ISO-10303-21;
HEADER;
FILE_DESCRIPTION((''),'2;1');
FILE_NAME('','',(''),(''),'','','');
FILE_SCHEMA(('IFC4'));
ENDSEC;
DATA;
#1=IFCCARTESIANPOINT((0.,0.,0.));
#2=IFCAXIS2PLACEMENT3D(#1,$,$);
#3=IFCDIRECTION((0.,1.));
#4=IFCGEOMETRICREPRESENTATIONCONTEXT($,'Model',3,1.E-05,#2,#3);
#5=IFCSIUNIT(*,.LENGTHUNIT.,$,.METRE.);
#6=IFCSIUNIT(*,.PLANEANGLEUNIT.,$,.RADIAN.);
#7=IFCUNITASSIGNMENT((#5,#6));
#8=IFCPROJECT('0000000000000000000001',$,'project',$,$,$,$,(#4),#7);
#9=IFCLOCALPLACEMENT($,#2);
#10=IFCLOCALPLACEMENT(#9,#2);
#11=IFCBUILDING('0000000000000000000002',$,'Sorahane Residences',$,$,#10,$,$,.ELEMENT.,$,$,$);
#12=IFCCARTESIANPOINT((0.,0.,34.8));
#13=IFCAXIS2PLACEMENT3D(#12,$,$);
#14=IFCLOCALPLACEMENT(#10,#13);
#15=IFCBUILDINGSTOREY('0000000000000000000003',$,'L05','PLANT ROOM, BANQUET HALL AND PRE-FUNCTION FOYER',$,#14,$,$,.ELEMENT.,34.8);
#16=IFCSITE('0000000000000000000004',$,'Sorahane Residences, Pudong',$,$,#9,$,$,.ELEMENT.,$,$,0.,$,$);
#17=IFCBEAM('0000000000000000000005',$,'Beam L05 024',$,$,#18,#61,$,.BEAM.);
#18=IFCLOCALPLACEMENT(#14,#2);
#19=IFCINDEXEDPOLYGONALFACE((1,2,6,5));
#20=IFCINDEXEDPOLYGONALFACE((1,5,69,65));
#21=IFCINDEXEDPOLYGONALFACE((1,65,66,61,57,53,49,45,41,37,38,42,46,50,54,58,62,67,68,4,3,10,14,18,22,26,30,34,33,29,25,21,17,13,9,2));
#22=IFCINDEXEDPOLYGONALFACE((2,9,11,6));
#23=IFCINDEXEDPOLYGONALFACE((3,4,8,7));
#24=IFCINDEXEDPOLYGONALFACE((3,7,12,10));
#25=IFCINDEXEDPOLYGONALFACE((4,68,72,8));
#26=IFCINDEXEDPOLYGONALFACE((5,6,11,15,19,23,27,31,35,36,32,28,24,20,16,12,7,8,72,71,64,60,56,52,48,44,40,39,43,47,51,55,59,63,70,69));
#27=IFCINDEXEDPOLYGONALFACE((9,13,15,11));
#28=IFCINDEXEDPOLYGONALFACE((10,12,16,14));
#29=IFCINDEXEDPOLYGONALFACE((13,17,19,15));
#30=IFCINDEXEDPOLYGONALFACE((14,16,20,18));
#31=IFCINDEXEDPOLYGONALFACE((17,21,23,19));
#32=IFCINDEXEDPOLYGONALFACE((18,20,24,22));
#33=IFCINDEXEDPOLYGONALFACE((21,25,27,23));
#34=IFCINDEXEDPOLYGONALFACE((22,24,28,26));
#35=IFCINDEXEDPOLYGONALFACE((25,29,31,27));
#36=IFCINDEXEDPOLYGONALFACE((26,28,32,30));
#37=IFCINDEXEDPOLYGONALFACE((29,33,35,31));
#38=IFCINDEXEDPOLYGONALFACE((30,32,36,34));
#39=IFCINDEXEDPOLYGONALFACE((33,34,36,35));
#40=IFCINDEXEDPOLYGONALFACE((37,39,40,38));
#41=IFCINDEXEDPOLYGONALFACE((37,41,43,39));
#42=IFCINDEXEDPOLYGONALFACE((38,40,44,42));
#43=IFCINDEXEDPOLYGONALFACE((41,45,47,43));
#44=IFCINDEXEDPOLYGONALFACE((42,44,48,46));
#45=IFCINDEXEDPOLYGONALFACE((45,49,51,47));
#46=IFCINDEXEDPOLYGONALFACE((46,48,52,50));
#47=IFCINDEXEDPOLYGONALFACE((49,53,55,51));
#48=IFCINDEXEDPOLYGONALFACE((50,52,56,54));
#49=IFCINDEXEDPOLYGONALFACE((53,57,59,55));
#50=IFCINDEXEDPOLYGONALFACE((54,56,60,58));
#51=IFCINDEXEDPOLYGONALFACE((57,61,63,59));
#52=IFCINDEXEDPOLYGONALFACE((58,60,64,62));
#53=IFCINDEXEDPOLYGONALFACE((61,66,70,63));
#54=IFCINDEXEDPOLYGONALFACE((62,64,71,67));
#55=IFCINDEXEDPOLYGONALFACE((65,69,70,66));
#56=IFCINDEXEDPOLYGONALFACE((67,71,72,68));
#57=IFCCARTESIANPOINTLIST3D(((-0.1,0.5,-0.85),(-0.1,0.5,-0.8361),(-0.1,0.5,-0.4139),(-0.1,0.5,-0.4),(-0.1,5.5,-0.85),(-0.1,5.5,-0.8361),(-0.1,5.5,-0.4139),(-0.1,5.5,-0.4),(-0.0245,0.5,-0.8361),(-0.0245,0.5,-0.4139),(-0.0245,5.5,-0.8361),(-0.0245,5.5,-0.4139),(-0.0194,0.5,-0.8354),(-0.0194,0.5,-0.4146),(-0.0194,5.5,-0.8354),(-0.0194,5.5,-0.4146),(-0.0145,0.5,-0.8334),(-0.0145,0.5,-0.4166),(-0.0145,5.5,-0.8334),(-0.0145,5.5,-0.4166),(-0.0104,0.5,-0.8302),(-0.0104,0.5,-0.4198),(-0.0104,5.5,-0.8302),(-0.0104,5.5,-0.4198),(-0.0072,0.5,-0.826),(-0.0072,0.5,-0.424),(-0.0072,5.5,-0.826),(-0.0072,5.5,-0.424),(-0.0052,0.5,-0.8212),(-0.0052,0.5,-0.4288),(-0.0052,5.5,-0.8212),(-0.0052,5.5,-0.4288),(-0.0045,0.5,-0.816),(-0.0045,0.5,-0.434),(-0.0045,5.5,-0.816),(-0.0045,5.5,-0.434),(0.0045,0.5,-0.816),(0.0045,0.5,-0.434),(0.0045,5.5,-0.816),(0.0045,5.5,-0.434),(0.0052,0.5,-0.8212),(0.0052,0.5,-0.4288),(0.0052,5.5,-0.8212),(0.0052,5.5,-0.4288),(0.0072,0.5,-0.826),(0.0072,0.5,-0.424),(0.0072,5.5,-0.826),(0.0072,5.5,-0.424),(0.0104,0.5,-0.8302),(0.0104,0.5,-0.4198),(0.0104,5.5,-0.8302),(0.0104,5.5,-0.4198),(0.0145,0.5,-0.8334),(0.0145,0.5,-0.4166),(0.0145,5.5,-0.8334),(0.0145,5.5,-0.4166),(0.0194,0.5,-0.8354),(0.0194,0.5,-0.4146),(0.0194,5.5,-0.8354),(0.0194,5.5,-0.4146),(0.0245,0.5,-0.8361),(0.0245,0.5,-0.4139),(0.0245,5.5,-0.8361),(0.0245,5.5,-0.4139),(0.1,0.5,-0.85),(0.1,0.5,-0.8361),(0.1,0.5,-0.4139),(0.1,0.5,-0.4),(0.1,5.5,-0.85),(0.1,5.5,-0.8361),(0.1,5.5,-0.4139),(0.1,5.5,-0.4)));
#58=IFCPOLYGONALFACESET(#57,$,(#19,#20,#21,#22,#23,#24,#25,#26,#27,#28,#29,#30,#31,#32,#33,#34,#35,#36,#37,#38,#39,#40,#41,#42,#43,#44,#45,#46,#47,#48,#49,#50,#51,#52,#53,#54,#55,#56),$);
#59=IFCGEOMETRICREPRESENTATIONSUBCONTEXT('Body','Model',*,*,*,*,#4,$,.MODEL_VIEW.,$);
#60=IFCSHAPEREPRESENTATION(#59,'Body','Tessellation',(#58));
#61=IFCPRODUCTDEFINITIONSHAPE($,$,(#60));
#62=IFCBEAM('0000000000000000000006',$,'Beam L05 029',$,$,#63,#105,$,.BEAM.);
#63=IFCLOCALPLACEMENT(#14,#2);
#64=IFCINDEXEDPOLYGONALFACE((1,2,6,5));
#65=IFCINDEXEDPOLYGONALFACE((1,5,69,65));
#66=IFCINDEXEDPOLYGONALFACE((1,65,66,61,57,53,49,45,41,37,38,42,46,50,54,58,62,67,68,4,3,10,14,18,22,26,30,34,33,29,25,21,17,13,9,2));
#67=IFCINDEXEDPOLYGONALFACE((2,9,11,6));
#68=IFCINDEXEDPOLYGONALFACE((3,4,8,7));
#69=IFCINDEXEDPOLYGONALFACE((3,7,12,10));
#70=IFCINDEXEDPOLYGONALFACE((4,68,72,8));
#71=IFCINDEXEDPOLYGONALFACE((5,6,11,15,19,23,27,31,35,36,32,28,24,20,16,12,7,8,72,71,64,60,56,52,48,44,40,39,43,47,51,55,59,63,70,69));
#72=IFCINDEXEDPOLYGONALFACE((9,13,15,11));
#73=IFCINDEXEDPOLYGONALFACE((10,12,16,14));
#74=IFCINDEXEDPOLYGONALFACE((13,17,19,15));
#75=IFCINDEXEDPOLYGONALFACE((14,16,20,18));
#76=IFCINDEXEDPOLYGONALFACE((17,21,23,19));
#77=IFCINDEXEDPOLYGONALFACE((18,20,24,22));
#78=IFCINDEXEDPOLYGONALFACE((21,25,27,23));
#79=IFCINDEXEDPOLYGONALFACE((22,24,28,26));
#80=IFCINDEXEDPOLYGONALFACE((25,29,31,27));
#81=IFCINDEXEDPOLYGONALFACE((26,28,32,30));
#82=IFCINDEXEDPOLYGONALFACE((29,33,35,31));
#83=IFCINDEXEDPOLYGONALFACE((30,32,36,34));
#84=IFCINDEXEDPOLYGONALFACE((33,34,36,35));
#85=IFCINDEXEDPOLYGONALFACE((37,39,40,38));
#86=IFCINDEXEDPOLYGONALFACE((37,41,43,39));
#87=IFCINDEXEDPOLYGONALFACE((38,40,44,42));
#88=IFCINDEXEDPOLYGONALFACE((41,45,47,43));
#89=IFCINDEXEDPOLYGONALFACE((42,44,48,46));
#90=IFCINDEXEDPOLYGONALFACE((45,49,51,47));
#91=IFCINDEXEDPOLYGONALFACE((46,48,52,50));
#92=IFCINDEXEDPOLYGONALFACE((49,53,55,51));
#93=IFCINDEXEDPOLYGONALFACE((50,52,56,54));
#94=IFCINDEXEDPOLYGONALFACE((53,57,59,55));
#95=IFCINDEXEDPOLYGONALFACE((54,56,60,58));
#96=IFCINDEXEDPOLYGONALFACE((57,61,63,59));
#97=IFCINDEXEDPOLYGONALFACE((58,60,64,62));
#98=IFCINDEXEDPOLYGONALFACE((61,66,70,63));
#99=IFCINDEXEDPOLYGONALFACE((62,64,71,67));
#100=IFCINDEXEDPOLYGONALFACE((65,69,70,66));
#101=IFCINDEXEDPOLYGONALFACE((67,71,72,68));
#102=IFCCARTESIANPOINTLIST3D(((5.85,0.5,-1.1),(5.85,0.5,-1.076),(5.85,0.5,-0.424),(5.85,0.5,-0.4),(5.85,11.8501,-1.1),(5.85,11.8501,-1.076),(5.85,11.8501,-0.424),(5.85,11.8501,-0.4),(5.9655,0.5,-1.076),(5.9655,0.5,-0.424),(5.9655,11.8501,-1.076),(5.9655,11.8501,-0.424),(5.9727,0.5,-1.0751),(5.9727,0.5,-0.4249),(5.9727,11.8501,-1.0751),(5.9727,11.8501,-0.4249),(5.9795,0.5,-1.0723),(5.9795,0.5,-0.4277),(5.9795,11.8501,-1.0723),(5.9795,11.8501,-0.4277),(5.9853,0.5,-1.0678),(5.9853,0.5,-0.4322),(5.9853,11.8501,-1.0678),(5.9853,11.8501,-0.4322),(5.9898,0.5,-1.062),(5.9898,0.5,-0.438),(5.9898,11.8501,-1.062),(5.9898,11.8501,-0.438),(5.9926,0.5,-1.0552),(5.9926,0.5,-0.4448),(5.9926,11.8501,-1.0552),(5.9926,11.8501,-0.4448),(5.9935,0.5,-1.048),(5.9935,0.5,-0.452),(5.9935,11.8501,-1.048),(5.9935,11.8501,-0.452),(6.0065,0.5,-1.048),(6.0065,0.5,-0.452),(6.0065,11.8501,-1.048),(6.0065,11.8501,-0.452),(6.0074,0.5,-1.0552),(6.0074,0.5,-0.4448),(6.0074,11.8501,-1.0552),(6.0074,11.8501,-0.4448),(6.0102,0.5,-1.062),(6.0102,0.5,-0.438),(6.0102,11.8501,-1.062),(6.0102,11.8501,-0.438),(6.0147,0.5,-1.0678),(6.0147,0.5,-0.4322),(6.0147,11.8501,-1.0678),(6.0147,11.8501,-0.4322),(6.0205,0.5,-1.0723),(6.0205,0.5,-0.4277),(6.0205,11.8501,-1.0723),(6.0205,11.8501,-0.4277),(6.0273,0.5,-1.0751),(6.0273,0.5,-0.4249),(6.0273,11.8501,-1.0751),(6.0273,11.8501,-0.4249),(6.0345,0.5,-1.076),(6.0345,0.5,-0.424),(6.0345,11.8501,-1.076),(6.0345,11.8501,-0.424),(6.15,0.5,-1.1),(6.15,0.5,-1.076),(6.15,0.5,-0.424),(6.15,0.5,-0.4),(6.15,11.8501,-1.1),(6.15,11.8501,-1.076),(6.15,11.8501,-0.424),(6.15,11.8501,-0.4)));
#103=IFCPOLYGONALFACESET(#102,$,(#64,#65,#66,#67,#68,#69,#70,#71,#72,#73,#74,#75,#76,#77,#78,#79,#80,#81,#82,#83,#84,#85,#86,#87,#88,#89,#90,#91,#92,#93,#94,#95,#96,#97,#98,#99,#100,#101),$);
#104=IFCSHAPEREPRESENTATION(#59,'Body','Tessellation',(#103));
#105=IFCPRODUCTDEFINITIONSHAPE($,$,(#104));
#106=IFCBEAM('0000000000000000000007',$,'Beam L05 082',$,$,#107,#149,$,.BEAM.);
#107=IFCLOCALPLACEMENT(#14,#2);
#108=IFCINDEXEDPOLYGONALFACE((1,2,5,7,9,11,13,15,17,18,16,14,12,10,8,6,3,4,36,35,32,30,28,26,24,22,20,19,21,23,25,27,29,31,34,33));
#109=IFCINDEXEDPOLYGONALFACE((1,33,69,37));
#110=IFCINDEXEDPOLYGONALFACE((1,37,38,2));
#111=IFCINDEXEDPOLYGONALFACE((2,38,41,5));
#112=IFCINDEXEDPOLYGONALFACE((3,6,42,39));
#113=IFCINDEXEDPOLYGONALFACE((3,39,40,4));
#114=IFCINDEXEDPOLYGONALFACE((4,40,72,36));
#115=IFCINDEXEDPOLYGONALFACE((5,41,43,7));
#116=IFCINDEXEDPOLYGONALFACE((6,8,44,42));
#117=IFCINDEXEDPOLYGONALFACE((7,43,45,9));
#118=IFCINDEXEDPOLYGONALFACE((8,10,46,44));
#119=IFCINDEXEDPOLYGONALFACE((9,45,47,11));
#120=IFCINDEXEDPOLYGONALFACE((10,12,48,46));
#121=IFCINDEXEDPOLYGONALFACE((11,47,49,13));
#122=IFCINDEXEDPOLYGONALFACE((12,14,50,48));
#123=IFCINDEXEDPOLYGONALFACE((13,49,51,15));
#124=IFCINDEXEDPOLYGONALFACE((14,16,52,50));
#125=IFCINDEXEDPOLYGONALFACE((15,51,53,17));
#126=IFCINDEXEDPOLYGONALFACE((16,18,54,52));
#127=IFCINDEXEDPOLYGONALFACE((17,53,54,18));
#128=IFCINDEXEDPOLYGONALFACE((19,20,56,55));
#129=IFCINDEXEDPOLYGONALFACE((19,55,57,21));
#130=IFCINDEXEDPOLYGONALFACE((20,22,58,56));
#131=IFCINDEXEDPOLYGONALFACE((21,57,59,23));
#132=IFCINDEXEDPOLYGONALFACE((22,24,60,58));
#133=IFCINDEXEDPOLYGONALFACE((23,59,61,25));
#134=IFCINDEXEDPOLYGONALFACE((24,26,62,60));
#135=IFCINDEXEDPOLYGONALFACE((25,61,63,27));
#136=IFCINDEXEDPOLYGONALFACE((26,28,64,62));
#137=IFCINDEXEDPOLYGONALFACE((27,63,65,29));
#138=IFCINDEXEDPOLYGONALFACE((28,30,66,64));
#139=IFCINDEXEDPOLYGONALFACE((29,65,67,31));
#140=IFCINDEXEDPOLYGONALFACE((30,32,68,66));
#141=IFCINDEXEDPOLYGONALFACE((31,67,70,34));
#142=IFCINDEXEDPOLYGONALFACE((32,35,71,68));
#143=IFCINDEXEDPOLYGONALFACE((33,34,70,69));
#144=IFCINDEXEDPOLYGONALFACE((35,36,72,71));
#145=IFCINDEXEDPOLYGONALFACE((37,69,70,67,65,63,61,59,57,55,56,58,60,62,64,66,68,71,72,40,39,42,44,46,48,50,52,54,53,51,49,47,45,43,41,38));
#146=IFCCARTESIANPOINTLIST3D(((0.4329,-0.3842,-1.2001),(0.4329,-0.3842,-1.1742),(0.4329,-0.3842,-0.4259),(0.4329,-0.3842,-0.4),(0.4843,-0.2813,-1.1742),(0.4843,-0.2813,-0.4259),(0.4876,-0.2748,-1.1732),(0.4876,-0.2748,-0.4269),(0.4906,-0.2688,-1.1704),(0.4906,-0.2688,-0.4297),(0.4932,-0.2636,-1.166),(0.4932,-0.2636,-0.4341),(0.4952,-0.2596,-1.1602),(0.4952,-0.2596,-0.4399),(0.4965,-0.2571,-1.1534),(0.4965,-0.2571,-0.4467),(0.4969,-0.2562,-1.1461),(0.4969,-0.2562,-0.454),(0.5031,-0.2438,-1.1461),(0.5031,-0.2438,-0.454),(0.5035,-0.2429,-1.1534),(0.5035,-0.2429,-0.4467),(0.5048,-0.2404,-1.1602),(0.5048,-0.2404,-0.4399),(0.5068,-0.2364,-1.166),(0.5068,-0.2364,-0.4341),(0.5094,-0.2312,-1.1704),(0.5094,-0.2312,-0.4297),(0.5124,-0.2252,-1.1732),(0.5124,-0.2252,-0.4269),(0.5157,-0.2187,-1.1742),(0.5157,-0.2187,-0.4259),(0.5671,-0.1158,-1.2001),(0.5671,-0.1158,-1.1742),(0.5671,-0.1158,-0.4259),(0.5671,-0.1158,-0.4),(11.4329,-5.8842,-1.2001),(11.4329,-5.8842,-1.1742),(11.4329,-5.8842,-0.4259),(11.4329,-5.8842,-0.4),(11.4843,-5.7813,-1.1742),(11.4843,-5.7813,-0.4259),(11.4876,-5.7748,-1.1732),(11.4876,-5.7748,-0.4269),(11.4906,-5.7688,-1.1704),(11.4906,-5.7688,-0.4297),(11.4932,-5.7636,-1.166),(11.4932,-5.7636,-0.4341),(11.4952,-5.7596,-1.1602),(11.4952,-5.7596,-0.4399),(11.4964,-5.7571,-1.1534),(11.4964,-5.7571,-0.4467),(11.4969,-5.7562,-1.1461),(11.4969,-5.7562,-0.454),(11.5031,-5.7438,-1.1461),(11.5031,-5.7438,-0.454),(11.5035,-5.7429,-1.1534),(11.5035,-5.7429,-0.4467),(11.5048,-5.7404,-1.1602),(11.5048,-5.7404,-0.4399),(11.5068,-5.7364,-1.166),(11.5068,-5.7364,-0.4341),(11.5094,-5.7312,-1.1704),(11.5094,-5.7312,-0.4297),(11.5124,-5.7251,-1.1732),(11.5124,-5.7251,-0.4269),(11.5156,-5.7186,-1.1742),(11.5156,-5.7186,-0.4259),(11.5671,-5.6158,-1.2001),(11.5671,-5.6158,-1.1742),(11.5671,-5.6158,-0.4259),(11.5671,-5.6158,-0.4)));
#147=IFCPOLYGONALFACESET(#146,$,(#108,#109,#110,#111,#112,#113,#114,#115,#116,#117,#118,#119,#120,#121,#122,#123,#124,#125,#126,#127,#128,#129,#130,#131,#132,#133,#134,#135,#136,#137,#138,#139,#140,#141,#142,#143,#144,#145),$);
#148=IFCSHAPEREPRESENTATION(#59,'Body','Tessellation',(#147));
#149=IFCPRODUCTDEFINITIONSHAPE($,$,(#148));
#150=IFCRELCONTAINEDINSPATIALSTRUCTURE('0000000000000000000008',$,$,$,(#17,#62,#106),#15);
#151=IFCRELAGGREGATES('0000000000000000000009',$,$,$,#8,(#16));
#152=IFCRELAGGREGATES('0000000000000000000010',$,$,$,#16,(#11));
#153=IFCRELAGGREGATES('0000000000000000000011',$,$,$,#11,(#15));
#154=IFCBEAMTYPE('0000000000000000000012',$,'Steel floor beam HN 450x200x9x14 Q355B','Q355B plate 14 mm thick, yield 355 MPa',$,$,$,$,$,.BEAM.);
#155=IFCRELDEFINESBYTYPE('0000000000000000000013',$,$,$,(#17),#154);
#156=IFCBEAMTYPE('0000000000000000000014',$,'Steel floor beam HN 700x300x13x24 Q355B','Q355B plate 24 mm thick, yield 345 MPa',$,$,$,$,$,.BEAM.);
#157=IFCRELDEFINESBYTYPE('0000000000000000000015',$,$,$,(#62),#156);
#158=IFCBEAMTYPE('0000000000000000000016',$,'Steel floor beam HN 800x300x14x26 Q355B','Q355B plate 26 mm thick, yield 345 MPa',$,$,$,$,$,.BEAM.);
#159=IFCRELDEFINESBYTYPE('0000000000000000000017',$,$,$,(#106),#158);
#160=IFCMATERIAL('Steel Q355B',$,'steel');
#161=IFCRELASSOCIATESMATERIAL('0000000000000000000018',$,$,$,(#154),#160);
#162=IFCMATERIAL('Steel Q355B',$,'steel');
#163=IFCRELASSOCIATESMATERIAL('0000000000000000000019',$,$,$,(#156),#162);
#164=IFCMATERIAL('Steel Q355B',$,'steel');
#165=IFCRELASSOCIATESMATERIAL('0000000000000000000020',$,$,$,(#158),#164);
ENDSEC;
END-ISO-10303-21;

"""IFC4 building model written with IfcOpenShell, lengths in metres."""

from ifc_helpers import new_model, si_unit, direction, frame, origin, origin_2d, place, context, subcontext, project, spatial, i_section, extrude, material, material_profile, profile_set, type_object, element, save


model = new_model("IFC4")

# Units and contexts
model_context = context("Model", 3, precision=1e-05, world=origin(), true_north=direction((0.0, 1.0)))
body_context = subcontext(model_context, "Body", "Model", "MODEL_VIEW")
ifc_project = project(units=[si_unit("LENGTHUNIT", "METRE"), si_unit("PLANEANGLEUNIT", "RADIAN")], contexts=[model_context])

# Site, building, storey
site_placement = place(None, origin())
site = spatial("IfcSite", under=ifc_project, at=site_placement, Name="Sorahane Residences, Pudong", CompositionType="ELEMENT", RefElevation=0.0)
building_placement = place(site_placement, origin())
building = spatial("IfcBuilding", under=site, at=building_placement, Name="Sorahane Residences", CompositionType="ELEMENT")
storey_placement = place(building_placement, frame((0.0, 0.0, 34.8)))
storey = spatial("IfcBuildingStorey", under=building, at=storey_placement, Name="L05", Description="PLANT ROOM, BANQUET HALL AND PRE-FUNCTION FOYER", CompositionType="ELEMENT", Elevation=34.8)

# Beams
ifc_material_1 = material(Name="Steel Q355B", Category="steel")
ifc_material_profile_1 = material_profile(ifc_material_1, i_section(OverallWidth=0.2, OverallDepth=0.45, WebThickness=0.009, FlangeThickness=0.0139, FilletRadius=0.02, at=origin_2d()), Name="HN 450x200x9x14")
ifc_profile_set_1 = profile_set([ifc_material_profile_1], Name="Steel Q355B")
beam_type_1 = type_object("IfcBeamType", Name="Steel floor beam HN 450x200x9x14 Q355B", Description="Q355B plate 14 mm thick, yield 355 MPa", PredefinedType="BEAM", material=ifc_profile_set_1)
for number, where, z_axis, x_axis, name in (
    (1, (0.0, 0.5, -0.625), (0.0, 1.0, 0.0), (-1.0, 0.0, 0.0), "Beam L05 024"),
):
    element("IfcBeam", number, at=place(storey_placement, frame(where, z_axis=z_axis, x_axis=x_axis)), inside=storey, type_object=beam_type_1, Name=name, PredefinedType="BEAM", context=body_context, shape_type="SweptSolid", body=[
        extrude(i_section(OverallWidth=0.2, OverallDepth=0.45, WebThickness=0.009, FlangeThickness=0.0139, FilletRadius=0.02, at=origin_2d()), origin(), (0.0, 0.0, 1.0), 5.0),
    ])
ifc_material_2 = material(Name="Steel Q355B", Category="steel")
ifc_material_profile_2 = material_profile(ifc_material_2, i_section(OverallWidth=0.3, OverallDepth=0.7, WebThickness=0.0129, FlangeThickness=0.0239, FilletRadius=0.0281, at=origin_2d()), Name="HN 700x300x13x24")
ifc_profile_set_2 = profile_set([ifc_material_profile_2], Name="Steel Q355B")
beam_type_2 = type_object("IfcBeamType", Name="Steel floor beam HN 700x300x13x24 Q355B", Description="Q355B plate 24 mm thick, yield 345 MPa", PredefinedType="BEAM", material=ifc_profile_set_2)
beam_1_placement = place(storey_placement, frame((6.0, 0.5, -0.75), z_axis=(0.0, 1.0, 0.0), x_axis=(-1.0, 0.0, 0.0)))
element("IfcBeam", 2, at=beam_1_placement, inside=storey, type_object=beam_type_2, Name="Beam L05 029", PredefinedType="BEAM", context=body_context, shape_type="SweptSolid", body=[
    extrude(i_section(OverallWidth=0.3, OverallDepth=0.7, WebThickness=0.0129, FlangeThickness=0.0239, FilletRadius=0.0281, at=origin_2d()), origin(), (0.0, 0.0, 1.0), 11.3501),
])
ifc_material_3 = material(Name="Steel Q355B", Category="steel")
ifc_material_profile_3 = material_profile(ifc_material_3, i_section(OverallWidth=0.3, OverallDepth=0.8, WebThickness=0.0139, FlangeThickness=0.0259, FilletRadius=0.0281, at=origin_2d()), Name="HN 800x300x14x26")
ifc_profile_set_3 = profile_set([ifc_material_profile_3], Name="Steel Q355B")
beam_type_3 = type_object("IfcBeamType", Name="Steel floor beam HN 800x300x14x26 Q355B", Description="Q355B plate 26 mm thick, yield 345 MPa", PredefinedType="BEAM", material=ifc_profile_set_3)
beam_2_placement = place(storey_placement, frame((0.5, -0.25, -0.8), z_axis=(0.894427, -0.447214, 0.0), x_axis=(0.447214, 0.894427, 0.0)))
element("IfcBeam", 3, at=beam_2_placement, inside=storey, type_object=beam_type_3, Name="Beam L05 082", PredefinedType="BEAM", context=body_context, shape_type="SweptSolid", body=[
    extrude(i_section(OverallWidth=0.3, OverallDepth=0.8, WebThickness=0.0139, FlangeThickness=0.0259, FilletRadius=0.0281, at=origin_2d()), origin(), (0.0, 0.0, 1.0), 12.2983),
])

save(model, "model.ifc")
